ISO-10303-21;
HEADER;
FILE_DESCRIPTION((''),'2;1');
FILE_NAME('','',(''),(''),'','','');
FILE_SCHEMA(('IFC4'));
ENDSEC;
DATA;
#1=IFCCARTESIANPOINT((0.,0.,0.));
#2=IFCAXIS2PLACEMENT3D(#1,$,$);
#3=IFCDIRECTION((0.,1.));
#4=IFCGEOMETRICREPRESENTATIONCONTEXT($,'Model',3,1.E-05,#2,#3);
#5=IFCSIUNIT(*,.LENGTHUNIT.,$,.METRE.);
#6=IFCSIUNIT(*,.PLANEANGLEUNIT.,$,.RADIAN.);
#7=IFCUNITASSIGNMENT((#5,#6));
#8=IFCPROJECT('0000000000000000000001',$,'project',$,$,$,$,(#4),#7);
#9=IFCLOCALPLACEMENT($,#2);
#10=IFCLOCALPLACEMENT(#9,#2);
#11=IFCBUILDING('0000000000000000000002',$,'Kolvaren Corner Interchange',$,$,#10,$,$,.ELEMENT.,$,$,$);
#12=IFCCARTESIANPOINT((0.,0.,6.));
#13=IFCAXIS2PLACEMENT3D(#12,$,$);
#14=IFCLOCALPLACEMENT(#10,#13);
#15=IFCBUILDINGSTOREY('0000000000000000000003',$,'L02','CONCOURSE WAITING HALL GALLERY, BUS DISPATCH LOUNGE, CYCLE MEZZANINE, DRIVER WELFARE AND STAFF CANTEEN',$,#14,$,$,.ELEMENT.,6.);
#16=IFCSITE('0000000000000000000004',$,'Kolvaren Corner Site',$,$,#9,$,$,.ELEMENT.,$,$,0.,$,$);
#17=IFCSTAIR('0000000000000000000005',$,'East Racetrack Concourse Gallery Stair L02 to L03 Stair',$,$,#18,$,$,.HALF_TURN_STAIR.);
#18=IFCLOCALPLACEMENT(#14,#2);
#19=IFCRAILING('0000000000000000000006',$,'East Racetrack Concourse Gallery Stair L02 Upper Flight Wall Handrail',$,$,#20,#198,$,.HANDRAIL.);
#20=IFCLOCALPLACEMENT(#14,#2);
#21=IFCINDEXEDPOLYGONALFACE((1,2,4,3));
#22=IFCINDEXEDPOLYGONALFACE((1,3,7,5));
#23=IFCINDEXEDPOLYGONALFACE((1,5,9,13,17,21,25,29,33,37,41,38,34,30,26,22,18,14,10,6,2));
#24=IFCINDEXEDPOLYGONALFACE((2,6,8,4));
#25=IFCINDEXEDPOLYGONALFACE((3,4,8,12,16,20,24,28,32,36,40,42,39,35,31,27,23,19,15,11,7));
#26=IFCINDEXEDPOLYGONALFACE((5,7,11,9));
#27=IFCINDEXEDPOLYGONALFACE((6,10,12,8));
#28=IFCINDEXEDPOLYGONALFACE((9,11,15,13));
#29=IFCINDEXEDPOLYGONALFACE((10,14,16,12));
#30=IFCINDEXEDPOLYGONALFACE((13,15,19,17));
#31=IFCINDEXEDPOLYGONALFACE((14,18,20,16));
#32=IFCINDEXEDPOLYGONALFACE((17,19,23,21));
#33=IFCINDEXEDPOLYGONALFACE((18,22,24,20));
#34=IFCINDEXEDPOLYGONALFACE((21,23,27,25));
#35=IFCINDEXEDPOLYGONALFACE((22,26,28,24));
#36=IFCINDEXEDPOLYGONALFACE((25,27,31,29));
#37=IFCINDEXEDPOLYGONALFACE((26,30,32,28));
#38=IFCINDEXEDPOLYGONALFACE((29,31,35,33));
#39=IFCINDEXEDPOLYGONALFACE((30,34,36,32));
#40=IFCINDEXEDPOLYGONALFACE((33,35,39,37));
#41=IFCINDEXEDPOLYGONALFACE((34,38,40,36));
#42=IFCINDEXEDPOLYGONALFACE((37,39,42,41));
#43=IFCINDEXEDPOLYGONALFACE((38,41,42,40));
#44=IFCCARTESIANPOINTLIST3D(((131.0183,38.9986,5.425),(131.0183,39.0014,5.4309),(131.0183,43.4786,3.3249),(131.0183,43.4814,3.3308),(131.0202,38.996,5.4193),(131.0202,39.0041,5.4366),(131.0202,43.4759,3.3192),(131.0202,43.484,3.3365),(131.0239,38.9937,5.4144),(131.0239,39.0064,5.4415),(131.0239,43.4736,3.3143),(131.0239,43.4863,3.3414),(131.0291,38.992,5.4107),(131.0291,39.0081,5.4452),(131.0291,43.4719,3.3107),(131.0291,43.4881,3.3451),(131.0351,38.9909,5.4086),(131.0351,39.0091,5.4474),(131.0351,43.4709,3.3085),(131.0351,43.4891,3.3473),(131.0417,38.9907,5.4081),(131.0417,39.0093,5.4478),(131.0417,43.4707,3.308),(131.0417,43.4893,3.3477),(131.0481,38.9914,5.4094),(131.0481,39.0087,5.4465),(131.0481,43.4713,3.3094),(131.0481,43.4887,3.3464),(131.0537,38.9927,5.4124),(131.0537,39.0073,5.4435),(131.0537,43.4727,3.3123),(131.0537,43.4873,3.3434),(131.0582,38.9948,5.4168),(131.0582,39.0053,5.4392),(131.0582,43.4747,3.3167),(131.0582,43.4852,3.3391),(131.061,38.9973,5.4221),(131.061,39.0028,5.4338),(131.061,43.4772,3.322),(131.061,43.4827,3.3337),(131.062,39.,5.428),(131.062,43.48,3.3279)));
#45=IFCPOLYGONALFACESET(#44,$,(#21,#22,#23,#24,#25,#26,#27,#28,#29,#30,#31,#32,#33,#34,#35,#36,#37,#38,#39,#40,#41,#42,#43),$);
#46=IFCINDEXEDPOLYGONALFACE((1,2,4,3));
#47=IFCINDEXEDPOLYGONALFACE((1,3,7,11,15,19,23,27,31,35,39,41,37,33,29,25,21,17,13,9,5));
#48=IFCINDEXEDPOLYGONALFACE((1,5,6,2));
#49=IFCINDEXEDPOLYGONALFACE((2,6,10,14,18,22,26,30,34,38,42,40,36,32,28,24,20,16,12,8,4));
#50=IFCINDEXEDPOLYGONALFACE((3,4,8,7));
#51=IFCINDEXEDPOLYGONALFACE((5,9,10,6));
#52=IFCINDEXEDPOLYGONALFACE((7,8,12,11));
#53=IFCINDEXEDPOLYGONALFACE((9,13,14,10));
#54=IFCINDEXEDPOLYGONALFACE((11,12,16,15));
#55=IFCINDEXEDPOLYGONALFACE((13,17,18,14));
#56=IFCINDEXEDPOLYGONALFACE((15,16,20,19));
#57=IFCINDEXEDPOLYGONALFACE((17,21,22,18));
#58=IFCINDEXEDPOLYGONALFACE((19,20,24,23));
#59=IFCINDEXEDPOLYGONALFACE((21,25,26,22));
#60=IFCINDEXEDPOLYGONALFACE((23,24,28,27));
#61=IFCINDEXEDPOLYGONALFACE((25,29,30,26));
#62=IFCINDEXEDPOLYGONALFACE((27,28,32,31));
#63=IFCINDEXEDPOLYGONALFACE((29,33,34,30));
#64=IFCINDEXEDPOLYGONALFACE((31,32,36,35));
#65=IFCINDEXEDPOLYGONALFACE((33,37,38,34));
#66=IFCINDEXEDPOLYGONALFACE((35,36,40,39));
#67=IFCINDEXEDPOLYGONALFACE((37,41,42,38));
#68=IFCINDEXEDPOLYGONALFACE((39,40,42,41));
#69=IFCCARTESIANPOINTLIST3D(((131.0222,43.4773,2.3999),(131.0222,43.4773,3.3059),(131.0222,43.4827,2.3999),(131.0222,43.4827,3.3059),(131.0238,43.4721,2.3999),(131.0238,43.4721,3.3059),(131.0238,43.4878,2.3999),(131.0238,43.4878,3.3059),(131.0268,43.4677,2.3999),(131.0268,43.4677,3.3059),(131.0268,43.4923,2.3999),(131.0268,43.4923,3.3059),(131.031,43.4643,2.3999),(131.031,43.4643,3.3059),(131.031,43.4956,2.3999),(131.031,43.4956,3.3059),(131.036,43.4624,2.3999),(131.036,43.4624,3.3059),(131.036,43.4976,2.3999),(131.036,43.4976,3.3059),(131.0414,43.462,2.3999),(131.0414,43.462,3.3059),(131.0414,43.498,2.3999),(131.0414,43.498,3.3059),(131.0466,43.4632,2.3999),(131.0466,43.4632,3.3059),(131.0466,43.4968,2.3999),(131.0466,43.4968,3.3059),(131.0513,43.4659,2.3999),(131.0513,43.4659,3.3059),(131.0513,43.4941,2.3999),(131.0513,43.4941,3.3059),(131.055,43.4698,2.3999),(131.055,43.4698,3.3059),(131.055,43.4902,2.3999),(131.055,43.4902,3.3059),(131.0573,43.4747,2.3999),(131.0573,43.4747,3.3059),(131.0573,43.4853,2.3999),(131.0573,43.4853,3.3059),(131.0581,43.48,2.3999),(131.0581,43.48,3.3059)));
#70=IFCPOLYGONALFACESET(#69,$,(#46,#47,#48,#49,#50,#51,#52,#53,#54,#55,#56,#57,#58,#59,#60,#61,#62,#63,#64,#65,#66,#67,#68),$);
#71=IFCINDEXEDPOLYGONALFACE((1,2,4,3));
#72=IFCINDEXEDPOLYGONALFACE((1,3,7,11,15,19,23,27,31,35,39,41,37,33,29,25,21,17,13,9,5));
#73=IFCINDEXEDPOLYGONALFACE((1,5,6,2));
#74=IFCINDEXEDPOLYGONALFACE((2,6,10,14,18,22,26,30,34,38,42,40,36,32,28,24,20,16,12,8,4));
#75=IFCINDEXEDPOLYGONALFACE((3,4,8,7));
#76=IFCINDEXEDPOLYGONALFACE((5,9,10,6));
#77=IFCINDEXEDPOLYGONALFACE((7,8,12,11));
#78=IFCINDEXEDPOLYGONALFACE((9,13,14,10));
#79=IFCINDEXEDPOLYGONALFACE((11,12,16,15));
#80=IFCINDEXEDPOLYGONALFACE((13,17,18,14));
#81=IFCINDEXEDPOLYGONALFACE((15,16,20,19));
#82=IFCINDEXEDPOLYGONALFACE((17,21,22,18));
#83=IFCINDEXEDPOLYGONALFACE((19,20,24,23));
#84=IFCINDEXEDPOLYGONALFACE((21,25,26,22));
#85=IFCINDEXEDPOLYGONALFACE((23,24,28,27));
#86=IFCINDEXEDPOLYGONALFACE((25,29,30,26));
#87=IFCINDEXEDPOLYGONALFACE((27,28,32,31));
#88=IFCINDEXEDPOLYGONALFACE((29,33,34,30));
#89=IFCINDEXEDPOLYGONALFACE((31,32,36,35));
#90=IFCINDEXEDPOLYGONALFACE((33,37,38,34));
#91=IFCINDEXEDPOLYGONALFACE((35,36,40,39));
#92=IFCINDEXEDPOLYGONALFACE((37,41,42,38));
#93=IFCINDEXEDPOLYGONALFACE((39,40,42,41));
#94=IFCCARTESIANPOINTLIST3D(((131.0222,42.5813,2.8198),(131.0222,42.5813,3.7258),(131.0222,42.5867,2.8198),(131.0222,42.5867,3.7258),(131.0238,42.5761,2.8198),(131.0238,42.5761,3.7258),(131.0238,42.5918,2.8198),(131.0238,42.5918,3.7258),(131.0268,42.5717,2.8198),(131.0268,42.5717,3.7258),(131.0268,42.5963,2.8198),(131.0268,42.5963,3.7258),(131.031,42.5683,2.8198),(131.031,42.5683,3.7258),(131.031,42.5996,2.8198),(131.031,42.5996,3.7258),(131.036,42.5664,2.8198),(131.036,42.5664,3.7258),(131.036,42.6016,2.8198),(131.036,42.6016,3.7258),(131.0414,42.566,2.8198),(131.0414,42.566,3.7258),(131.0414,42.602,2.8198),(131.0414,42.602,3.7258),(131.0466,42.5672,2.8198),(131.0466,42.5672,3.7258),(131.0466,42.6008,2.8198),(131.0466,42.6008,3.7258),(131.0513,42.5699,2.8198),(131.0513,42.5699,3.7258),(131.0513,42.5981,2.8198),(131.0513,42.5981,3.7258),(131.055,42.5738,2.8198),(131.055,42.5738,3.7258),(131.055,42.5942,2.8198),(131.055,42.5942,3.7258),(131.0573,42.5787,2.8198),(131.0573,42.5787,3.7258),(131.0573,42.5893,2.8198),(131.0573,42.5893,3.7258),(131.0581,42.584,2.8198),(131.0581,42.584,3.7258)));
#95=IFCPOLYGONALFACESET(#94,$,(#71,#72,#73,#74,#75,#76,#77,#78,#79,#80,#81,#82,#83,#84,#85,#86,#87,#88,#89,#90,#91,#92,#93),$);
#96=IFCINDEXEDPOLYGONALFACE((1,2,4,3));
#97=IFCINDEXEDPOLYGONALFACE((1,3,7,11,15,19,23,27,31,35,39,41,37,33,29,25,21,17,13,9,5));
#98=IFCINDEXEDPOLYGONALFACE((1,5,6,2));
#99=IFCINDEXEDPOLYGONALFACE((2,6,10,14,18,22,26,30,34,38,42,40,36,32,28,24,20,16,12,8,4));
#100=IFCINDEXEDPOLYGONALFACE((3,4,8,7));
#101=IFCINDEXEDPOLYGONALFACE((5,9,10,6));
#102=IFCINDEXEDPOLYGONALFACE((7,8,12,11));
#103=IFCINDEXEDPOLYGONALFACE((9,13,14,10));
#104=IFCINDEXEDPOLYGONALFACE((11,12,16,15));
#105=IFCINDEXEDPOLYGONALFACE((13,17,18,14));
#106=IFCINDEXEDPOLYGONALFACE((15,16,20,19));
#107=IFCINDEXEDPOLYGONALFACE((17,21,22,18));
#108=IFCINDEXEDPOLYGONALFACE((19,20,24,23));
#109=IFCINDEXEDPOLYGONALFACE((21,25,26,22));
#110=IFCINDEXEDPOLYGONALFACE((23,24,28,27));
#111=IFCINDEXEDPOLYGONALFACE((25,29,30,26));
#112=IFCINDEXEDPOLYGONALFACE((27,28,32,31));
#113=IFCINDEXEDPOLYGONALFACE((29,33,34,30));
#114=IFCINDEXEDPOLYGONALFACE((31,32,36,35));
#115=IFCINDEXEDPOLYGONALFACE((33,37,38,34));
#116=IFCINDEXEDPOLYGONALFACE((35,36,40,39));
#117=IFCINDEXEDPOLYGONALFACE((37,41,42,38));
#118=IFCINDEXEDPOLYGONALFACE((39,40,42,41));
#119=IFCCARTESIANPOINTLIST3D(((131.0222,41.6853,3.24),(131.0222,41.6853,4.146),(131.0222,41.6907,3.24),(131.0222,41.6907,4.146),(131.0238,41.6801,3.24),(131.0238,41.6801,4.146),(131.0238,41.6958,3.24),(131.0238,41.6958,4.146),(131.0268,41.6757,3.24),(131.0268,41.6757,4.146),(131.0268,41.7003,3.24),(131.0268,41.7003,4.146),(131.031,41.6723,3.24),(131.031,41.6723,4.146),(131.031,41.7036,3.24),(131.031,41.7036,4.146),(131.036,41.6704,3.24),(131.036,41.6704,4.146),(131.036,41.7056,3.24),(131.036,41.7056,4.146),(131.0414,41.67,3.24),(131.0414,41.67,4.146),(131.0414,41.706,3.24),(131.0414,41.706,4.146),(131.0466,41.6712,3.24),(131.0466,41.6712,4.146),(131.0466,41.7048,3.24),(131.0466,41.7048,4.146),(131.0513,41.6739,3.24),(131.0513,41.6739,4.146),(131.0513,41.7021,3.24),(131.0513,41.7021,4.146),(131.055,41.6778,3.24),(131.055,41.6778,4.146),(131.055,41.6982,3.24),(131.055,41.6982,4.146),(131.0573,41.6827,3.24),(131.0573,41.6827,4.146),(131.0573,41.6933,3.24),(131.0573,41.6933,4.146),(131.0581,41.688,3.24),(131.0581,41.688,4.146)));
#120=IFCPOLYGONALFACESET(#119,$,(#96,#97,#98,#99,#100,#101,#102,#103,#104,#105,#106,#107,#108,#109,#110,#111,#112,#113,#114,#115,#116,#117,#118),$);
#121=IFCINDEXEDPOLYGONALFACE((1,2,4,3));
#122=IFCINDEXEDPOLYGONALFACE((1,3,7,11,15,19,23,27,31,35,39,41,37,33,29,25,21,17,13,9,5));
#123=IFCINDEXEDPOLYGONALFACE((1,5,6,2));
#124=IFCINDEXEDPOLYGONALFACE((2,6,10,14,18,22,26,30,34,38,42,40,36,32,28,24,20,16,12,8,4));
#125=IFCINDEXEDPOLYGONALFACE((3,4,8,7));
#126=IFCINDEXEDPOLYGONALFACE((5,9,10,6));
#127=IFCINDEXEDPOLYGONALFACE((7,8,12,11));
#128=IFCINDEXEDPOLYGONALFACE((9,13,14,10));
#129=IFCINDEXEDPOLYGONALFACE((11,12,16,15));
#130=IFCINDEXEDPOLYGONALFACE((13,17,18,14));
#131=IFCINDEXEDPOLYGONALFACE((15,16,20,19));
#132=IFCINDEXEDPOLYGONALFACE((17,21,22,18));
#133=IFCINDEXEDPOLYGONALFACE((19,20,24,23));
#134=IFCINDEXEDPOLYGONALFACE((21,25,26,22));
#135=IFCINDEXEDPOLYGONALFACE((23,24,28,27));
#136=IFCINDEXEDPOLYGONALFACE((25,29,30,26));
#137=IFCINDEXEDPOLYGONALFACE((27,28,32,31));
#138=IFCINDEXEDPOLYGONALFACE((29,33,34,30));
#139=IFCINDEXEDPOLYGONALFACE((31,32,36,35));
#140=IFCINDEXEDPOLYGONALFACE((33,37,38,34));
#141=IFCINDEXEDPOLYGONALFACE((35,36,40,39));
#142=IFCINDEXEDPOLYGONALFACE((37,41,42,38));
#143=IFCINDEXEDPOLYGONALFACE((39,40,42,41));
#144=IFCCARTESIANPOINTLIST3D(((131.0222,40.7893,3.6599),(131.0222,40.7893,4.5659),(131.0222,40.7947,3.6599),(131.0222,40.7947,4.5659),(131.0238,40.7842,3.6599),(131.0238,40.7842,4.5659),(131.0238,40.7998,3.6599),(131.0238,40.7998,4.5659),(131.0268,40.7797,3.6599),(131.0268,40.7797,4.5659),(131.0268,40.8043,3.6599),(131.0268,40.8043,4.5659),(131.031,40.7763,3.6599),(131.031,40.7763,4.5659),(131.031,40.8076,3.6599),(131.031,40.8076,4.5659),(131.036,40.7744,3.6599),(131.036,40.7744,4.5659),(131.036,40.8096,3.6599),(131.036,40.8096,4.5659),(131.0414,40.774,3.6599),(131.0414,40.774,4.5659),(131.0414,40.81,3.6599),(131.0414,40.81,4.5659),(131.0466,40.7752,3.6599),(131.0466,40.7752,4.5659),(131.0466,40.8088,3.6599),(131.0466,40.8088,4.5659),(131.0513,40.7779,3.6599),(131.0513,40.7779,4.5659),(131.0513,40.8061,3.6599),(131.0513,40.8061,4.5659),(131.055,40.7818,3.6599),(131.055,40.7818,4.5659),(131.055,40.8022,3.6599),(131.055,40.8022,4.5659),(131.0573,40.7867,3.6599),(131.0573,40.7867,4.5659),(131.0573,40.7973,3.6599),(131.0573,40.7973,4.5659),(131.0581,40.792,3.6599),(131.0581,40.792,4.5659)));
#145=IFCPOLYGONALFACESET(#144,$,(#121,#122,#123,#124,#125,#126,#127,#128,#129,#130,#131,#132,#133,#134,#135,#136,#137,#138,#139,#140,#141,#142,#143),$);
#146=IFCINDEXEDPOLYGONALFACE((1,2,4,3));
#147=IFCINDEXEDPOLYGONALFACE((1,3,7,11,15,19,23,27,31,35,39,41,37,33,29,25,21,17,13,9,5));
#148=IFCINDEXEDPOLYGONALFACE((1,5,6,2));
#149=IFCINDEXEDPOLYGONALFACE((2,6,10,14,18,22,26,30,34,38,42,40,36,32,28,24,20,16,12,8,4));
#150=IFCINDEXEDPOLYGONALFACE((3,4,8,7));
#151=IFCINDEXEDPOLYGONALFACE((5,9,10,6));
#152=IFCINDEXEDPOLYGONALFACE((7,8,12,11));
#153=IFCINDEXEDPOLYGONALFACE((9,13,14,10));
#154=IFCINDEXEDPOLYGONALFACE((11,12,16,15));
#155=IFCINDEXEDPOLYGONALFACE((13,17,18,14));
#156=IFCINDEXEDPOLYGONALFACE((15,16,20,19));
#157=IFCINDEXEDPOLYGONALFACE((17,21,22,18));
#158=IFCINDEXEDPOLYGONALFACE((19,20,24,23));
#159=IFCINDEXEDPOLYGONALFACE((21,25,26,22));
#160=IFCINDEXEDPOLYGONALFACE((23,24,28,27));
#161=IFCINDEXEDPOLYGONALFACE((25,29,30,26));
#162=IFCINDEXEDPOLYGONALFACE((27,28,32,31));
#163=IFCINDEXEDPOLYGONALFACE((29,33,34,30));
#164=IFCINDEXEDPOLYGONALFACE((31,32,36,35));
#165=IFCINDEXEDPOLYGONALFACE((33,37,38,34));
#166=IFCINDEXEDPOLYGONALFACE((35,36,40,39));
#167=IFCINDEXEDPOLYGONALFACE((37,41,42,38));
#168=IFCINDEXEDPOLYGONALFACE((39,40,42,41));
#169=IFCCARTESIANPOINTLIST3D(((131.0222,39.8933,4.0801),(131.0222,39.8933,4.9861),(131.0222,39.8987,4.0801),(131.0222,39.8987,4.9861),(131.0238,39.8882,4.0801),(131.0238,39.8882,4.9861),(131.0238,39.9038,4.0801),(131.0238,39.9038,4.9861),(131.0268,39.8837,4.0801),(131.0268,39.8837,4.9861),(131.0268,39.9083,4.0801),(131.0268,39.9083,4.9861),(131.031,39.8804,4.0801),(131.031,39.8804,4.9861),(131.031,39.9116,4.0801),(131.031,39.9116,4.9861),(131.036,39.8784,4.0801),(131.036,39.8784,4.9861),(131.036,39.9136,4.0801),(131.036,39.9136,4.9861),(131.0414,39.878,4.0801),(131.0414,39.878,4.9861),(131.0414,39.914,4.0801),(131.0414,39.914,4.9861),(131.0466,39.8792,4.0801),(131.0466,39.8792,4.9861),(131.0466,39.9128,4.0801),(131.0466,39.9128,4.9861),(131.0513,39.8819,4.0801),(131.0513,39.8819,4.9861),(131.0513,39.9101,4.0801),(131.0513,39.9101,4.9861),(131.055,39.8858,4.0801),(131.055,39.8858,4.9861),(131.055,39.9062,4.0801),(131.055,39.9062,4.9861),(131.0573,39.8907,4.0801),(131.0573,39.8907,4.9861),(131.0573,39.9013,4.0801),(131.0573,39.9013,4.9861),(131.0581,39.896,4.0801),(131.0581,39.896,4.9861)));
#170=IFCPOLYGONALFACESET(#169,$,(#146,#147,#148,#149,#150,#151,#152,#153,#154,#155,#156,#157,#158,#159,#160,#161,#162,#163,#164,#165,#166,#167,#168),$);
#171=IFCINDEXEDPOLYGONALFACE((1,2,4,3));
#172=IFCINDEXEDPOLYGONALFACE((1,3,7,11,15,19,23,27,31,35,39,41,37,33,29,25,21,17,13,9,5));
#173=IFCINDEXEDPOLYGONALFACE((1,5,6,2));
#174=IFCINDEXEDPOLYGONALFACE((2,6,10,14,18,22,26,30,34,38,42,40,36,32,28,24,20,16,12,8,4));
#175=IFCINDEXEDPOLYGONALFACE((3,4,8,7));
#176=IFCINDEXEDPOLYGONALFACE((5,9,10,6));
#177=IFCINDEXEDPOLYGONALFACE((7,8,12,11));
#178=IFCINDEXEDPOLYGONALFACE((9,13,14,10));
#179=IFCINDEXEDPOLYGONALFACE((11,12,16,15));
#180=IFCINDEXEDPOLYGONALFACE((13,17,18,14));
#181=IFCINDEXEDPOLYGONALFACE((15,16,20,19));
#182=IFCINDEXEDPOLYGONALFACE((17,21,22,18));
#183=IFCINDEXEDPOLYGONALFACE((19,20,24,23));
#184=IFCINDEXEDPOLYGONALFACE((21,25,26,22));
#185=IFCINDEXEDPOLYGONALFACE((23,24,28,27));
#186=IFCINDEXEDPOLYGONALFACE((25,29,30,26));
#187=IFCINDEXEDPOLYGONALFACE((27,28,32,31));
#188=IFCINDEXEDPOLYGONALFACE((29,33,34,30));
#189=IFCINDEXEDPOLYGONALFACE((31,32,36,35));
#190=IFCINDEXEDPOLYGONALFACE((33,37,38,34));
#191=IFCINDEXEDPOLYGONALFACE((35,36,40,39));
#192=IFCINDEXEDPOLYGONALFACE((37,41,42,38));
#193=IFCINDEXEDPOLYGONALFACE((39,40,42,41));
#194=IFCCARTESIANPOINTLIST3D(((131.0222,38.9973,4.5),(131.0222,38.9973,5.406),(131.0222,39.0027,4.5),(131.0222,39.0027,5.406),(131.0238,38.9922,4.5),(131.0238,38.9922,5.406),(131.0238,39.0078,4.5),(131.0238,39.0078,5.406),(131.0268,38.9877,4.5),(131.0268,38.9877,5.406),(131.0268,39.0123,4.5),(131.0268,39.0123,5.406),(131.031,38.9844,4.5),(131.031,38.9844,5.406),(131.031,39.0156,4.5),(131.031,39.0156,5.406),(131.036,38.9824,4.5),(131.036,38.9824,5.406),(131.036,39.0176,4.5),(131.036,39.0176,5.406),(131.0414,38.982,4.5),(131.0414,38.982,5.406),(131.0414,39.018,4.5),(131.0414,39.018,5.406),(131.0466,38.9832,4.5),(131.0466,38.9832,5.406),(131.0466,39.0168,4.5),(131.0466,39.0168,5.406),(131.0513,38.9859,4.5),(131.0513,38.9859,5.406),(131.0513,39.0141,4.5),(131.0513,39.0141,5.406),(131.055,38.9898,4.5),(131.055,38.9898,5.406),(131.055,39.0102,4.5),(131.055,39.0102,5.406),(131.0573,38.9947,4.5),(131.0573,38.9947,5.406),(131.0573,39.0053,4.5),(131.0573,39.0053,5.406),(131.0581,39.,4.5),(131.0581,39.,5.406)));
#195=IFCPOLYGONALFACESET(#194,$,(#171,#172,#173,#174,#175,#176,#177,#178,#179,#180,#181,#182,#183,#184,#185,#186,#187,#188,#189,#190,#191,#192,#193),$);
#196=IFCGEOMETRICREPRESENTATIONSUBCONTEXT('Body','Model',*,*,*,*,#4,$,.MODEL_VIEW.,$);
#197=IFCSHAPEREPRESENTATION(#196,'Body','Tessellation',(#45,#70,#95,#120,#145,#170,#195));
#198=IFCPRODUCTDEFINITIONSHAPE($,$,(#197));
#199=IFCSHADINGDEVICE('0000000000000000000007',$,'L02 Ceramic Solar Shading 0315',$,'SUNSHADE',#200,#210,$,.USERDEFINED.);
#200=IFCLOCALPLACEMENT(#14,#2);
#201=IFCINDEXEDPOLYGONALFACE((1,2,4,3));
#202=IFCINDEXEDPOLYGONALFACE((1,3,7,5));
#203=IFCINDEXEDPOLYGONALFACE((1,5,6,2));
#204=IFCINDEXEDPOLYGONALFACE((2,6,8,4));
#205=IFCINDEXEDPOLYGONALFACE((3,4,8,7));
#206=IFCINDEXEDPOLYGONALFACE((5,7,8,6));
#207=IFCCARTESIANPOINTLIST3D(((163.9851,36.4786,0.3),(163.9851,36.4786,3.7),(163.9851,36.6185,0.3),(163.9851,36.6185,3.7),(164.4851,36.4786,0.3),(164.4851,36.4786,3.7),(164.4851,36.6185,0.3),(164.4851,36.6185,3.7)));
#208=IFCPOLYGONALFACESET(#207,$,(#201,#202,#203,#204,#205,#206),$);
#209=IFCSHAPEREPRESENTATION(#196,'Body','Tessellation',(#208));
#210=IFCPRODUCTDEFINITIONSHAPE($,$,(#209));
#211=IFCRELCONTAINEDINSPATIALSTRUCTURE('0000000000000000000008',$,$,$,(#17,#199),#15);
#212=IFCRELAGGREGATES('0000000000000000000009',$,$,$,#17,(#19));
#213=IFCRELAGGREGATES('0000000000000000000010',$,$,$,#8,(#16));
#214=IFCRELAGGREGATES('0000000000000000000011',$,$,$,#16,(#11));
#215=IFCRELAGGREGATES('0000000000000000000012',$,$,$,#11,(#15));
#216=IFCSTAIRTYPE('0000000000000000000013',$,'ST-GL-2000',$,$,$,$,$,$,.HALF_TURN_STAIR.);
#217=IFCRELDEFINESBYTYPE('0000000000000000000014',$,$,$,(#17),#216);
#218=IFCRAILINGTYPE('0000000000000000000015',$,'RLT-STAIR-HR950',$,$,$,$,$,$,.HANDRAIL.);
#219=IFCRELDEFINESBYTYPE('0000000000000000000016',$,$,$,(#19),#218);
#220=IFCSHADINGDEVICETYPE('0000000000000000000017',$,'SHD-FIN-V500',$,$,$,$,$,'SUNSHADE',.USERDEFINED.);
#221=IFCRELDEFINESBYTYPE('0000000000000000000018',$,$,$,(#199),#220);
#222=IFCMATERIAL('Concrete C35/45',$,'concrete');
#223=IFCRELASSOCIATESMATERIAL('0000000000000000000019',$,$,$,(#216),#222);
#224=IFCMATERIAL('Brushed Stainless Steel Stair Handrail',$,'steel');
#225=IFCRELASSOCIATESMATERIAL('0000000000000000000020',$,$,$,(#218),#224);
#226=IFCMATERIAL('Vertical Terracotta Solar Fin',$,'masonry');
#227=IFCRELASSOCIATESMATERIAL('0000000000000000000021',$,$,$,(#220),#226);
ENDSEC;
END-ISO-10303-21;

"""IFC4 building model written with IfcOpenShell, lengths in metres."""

from ifc_helpers import new_model, si_unit, direction, frame, origin, origin_2d, place, context, subcontext, project, spatial, rectangle, circle, extrude, material, type_object, element, aggregate, save


model = new_model("IFC4")

# Units and contexts
model_context = context("Model", 3, precision=1e-05, world=origin(), true_north=direction((0.0, 1.0)))
body_context = subcontext(model_context, "Body", "Model", "MODEL_VIEW")
ifc_project = project(units=[si_unit("LENGTHUNIT", "METRE"), si_unit("PLANEANGLEUNIT", "RADIAN")], contexts=[model_context])

# Site, building, storey
site_placement = place(None, origin())
site = spatial("IfcSite", under=ifc_project, at=site_placement, Name="Kolvaren Corner Site", CompositionType="ELEMENT", RefElevation=0.0)
building_placement = place(site_placement, origin())
building = spatial("IfcBuilding", under=site, at=building_placement, Name="Kolvaren Corner Interchange", CompositionType="ELEMENT")
storey_placement = place(building_placement, frame((0.0, 0.0, 6.0)))
storey = spatial("IfcBuildingStorey", under=building, at=storey_placement, Name="L02", Description="CONCOURSE WAITING HALL GALLERY, BUS DISPATCH LOUNGE, CYCLE MEZZANINE, DRIVER WELFARE AND STAFF CANTEEN", CompositionType="ELEMENT", Elevation=6.0)

# Stair, railing
ifc_material_1 = material(Name="Concrete C35/45", Category="concrete")
stair_type = type_object("IfcStairType", Name="ST-GL-2000", PredefinedType="HALF_TURN_STAIR", material=ifc_material_1)
stair_placement = place(storey_placement, origin())
stair = element("IfcStair", 1, at=stair_placement, inside=storey, type_object=stair_type, Name="East Racetrack Concourse Gallery Stair L02 to L03 Stair", PredefinedType="HALF_TURN_STAIR")
ifc_material_2 = material(Name="Brushed Stainless Steel Stair Handrail", Category="steel")
railing_type = type_object("IfcRailingType", Name="RLT-STAIR-HR950", PredefinedType="HANDRAIL", material=ifc_material_2)
railing_placement = place(storey_placement, frame((131.04, 43.48, 2.3999)))
railing = element("IfcRailing", 2, at=railing_placement, type_object=railing_type, Name="East Racetrack Concourse Gallery Stair L02 Upper Flight Wall Handrail", PredefinedType="HANDRAIL", context=body_context, shape_type="SweptSolid", body=[
    extrude(circle(Radius=0.022, at=origin_2d()), frame((0.0, 0.0, 0.928), z_axis=(0.0, -0.905451, 0.424452), x_axis=(1.0, 0.0, 0.0)), (0.0, 0.0, 1.0), 4.9478),
    extrude(circle(Radius=0.0181, at=origin_2d()), origin(), (0.0, 0.0, 1.0), 0.906),
    extrude(circle(Radius=0.0181, at=origin_2d()), frame((0.0, -0.896, 0.4199)), (0.0, 0.0, 1.0), 0.906),
    extrude(circle(Radius=0.0181, at=origin_2d()), frame((0.0, -1.792, 0.8401)), (0.0, 0.0, 1.0), 0.906),
    extrude(circle(Radius=0.0181, at=origin_2d()), frame((0.0, -2.688, 1.26)), (0.0, 0.0, 1.0), 0.906),
    extrude(circle(Radius=0.0181, at=origin_2d()), frame((0.0, -3.584, 1.6802)), (0.0, 0.0, 1.0), 0.906),
    extrude(circle(Radius=0.0181, at=origin_2d()), frame((0.0, -4.48, 2.1001)), (0.0, 0.0, 1.0), 0.906),
])
aggregate(stair, [railing])

# Shading device
ifc_material_3 = material(Name="Vertical Terracotta Solar Fin", Category="masonry")
shading_device_type = type_object("IfcShadingDeviceType", Name="SHD-FIN-V500", ElementType="SUNSHADE", PredefinedType="USERDEFINED", material=ifc_material_3)
for number, where, z_axis, x_axis, name in (
    (3, (164.2351, 36.5486, 0.3), (0.0, 0.0, 1.0), (0.0, 1.0, 0.0), "L02 Ceramic Solar Shading 0315"),
):
    element("IfcShadingDevice", number, at=place(storey_placement, frame(where, z_axis=z_axis, x_axis=x_axis)), inside=storey, type_object=shading_device_type, Name=name, ObjectType="SUNSHADE", PredefinedType="USERDEFINED", context=body_context, shape_type="SweptSolid", body=[
        extrude(rectangle(XDim=0.1399, YDim=0.5, at=origin_2d()), origin(), (0.0, 0.0, 1.0), 3.3999),
    ])

save(model, "model.ifc")
